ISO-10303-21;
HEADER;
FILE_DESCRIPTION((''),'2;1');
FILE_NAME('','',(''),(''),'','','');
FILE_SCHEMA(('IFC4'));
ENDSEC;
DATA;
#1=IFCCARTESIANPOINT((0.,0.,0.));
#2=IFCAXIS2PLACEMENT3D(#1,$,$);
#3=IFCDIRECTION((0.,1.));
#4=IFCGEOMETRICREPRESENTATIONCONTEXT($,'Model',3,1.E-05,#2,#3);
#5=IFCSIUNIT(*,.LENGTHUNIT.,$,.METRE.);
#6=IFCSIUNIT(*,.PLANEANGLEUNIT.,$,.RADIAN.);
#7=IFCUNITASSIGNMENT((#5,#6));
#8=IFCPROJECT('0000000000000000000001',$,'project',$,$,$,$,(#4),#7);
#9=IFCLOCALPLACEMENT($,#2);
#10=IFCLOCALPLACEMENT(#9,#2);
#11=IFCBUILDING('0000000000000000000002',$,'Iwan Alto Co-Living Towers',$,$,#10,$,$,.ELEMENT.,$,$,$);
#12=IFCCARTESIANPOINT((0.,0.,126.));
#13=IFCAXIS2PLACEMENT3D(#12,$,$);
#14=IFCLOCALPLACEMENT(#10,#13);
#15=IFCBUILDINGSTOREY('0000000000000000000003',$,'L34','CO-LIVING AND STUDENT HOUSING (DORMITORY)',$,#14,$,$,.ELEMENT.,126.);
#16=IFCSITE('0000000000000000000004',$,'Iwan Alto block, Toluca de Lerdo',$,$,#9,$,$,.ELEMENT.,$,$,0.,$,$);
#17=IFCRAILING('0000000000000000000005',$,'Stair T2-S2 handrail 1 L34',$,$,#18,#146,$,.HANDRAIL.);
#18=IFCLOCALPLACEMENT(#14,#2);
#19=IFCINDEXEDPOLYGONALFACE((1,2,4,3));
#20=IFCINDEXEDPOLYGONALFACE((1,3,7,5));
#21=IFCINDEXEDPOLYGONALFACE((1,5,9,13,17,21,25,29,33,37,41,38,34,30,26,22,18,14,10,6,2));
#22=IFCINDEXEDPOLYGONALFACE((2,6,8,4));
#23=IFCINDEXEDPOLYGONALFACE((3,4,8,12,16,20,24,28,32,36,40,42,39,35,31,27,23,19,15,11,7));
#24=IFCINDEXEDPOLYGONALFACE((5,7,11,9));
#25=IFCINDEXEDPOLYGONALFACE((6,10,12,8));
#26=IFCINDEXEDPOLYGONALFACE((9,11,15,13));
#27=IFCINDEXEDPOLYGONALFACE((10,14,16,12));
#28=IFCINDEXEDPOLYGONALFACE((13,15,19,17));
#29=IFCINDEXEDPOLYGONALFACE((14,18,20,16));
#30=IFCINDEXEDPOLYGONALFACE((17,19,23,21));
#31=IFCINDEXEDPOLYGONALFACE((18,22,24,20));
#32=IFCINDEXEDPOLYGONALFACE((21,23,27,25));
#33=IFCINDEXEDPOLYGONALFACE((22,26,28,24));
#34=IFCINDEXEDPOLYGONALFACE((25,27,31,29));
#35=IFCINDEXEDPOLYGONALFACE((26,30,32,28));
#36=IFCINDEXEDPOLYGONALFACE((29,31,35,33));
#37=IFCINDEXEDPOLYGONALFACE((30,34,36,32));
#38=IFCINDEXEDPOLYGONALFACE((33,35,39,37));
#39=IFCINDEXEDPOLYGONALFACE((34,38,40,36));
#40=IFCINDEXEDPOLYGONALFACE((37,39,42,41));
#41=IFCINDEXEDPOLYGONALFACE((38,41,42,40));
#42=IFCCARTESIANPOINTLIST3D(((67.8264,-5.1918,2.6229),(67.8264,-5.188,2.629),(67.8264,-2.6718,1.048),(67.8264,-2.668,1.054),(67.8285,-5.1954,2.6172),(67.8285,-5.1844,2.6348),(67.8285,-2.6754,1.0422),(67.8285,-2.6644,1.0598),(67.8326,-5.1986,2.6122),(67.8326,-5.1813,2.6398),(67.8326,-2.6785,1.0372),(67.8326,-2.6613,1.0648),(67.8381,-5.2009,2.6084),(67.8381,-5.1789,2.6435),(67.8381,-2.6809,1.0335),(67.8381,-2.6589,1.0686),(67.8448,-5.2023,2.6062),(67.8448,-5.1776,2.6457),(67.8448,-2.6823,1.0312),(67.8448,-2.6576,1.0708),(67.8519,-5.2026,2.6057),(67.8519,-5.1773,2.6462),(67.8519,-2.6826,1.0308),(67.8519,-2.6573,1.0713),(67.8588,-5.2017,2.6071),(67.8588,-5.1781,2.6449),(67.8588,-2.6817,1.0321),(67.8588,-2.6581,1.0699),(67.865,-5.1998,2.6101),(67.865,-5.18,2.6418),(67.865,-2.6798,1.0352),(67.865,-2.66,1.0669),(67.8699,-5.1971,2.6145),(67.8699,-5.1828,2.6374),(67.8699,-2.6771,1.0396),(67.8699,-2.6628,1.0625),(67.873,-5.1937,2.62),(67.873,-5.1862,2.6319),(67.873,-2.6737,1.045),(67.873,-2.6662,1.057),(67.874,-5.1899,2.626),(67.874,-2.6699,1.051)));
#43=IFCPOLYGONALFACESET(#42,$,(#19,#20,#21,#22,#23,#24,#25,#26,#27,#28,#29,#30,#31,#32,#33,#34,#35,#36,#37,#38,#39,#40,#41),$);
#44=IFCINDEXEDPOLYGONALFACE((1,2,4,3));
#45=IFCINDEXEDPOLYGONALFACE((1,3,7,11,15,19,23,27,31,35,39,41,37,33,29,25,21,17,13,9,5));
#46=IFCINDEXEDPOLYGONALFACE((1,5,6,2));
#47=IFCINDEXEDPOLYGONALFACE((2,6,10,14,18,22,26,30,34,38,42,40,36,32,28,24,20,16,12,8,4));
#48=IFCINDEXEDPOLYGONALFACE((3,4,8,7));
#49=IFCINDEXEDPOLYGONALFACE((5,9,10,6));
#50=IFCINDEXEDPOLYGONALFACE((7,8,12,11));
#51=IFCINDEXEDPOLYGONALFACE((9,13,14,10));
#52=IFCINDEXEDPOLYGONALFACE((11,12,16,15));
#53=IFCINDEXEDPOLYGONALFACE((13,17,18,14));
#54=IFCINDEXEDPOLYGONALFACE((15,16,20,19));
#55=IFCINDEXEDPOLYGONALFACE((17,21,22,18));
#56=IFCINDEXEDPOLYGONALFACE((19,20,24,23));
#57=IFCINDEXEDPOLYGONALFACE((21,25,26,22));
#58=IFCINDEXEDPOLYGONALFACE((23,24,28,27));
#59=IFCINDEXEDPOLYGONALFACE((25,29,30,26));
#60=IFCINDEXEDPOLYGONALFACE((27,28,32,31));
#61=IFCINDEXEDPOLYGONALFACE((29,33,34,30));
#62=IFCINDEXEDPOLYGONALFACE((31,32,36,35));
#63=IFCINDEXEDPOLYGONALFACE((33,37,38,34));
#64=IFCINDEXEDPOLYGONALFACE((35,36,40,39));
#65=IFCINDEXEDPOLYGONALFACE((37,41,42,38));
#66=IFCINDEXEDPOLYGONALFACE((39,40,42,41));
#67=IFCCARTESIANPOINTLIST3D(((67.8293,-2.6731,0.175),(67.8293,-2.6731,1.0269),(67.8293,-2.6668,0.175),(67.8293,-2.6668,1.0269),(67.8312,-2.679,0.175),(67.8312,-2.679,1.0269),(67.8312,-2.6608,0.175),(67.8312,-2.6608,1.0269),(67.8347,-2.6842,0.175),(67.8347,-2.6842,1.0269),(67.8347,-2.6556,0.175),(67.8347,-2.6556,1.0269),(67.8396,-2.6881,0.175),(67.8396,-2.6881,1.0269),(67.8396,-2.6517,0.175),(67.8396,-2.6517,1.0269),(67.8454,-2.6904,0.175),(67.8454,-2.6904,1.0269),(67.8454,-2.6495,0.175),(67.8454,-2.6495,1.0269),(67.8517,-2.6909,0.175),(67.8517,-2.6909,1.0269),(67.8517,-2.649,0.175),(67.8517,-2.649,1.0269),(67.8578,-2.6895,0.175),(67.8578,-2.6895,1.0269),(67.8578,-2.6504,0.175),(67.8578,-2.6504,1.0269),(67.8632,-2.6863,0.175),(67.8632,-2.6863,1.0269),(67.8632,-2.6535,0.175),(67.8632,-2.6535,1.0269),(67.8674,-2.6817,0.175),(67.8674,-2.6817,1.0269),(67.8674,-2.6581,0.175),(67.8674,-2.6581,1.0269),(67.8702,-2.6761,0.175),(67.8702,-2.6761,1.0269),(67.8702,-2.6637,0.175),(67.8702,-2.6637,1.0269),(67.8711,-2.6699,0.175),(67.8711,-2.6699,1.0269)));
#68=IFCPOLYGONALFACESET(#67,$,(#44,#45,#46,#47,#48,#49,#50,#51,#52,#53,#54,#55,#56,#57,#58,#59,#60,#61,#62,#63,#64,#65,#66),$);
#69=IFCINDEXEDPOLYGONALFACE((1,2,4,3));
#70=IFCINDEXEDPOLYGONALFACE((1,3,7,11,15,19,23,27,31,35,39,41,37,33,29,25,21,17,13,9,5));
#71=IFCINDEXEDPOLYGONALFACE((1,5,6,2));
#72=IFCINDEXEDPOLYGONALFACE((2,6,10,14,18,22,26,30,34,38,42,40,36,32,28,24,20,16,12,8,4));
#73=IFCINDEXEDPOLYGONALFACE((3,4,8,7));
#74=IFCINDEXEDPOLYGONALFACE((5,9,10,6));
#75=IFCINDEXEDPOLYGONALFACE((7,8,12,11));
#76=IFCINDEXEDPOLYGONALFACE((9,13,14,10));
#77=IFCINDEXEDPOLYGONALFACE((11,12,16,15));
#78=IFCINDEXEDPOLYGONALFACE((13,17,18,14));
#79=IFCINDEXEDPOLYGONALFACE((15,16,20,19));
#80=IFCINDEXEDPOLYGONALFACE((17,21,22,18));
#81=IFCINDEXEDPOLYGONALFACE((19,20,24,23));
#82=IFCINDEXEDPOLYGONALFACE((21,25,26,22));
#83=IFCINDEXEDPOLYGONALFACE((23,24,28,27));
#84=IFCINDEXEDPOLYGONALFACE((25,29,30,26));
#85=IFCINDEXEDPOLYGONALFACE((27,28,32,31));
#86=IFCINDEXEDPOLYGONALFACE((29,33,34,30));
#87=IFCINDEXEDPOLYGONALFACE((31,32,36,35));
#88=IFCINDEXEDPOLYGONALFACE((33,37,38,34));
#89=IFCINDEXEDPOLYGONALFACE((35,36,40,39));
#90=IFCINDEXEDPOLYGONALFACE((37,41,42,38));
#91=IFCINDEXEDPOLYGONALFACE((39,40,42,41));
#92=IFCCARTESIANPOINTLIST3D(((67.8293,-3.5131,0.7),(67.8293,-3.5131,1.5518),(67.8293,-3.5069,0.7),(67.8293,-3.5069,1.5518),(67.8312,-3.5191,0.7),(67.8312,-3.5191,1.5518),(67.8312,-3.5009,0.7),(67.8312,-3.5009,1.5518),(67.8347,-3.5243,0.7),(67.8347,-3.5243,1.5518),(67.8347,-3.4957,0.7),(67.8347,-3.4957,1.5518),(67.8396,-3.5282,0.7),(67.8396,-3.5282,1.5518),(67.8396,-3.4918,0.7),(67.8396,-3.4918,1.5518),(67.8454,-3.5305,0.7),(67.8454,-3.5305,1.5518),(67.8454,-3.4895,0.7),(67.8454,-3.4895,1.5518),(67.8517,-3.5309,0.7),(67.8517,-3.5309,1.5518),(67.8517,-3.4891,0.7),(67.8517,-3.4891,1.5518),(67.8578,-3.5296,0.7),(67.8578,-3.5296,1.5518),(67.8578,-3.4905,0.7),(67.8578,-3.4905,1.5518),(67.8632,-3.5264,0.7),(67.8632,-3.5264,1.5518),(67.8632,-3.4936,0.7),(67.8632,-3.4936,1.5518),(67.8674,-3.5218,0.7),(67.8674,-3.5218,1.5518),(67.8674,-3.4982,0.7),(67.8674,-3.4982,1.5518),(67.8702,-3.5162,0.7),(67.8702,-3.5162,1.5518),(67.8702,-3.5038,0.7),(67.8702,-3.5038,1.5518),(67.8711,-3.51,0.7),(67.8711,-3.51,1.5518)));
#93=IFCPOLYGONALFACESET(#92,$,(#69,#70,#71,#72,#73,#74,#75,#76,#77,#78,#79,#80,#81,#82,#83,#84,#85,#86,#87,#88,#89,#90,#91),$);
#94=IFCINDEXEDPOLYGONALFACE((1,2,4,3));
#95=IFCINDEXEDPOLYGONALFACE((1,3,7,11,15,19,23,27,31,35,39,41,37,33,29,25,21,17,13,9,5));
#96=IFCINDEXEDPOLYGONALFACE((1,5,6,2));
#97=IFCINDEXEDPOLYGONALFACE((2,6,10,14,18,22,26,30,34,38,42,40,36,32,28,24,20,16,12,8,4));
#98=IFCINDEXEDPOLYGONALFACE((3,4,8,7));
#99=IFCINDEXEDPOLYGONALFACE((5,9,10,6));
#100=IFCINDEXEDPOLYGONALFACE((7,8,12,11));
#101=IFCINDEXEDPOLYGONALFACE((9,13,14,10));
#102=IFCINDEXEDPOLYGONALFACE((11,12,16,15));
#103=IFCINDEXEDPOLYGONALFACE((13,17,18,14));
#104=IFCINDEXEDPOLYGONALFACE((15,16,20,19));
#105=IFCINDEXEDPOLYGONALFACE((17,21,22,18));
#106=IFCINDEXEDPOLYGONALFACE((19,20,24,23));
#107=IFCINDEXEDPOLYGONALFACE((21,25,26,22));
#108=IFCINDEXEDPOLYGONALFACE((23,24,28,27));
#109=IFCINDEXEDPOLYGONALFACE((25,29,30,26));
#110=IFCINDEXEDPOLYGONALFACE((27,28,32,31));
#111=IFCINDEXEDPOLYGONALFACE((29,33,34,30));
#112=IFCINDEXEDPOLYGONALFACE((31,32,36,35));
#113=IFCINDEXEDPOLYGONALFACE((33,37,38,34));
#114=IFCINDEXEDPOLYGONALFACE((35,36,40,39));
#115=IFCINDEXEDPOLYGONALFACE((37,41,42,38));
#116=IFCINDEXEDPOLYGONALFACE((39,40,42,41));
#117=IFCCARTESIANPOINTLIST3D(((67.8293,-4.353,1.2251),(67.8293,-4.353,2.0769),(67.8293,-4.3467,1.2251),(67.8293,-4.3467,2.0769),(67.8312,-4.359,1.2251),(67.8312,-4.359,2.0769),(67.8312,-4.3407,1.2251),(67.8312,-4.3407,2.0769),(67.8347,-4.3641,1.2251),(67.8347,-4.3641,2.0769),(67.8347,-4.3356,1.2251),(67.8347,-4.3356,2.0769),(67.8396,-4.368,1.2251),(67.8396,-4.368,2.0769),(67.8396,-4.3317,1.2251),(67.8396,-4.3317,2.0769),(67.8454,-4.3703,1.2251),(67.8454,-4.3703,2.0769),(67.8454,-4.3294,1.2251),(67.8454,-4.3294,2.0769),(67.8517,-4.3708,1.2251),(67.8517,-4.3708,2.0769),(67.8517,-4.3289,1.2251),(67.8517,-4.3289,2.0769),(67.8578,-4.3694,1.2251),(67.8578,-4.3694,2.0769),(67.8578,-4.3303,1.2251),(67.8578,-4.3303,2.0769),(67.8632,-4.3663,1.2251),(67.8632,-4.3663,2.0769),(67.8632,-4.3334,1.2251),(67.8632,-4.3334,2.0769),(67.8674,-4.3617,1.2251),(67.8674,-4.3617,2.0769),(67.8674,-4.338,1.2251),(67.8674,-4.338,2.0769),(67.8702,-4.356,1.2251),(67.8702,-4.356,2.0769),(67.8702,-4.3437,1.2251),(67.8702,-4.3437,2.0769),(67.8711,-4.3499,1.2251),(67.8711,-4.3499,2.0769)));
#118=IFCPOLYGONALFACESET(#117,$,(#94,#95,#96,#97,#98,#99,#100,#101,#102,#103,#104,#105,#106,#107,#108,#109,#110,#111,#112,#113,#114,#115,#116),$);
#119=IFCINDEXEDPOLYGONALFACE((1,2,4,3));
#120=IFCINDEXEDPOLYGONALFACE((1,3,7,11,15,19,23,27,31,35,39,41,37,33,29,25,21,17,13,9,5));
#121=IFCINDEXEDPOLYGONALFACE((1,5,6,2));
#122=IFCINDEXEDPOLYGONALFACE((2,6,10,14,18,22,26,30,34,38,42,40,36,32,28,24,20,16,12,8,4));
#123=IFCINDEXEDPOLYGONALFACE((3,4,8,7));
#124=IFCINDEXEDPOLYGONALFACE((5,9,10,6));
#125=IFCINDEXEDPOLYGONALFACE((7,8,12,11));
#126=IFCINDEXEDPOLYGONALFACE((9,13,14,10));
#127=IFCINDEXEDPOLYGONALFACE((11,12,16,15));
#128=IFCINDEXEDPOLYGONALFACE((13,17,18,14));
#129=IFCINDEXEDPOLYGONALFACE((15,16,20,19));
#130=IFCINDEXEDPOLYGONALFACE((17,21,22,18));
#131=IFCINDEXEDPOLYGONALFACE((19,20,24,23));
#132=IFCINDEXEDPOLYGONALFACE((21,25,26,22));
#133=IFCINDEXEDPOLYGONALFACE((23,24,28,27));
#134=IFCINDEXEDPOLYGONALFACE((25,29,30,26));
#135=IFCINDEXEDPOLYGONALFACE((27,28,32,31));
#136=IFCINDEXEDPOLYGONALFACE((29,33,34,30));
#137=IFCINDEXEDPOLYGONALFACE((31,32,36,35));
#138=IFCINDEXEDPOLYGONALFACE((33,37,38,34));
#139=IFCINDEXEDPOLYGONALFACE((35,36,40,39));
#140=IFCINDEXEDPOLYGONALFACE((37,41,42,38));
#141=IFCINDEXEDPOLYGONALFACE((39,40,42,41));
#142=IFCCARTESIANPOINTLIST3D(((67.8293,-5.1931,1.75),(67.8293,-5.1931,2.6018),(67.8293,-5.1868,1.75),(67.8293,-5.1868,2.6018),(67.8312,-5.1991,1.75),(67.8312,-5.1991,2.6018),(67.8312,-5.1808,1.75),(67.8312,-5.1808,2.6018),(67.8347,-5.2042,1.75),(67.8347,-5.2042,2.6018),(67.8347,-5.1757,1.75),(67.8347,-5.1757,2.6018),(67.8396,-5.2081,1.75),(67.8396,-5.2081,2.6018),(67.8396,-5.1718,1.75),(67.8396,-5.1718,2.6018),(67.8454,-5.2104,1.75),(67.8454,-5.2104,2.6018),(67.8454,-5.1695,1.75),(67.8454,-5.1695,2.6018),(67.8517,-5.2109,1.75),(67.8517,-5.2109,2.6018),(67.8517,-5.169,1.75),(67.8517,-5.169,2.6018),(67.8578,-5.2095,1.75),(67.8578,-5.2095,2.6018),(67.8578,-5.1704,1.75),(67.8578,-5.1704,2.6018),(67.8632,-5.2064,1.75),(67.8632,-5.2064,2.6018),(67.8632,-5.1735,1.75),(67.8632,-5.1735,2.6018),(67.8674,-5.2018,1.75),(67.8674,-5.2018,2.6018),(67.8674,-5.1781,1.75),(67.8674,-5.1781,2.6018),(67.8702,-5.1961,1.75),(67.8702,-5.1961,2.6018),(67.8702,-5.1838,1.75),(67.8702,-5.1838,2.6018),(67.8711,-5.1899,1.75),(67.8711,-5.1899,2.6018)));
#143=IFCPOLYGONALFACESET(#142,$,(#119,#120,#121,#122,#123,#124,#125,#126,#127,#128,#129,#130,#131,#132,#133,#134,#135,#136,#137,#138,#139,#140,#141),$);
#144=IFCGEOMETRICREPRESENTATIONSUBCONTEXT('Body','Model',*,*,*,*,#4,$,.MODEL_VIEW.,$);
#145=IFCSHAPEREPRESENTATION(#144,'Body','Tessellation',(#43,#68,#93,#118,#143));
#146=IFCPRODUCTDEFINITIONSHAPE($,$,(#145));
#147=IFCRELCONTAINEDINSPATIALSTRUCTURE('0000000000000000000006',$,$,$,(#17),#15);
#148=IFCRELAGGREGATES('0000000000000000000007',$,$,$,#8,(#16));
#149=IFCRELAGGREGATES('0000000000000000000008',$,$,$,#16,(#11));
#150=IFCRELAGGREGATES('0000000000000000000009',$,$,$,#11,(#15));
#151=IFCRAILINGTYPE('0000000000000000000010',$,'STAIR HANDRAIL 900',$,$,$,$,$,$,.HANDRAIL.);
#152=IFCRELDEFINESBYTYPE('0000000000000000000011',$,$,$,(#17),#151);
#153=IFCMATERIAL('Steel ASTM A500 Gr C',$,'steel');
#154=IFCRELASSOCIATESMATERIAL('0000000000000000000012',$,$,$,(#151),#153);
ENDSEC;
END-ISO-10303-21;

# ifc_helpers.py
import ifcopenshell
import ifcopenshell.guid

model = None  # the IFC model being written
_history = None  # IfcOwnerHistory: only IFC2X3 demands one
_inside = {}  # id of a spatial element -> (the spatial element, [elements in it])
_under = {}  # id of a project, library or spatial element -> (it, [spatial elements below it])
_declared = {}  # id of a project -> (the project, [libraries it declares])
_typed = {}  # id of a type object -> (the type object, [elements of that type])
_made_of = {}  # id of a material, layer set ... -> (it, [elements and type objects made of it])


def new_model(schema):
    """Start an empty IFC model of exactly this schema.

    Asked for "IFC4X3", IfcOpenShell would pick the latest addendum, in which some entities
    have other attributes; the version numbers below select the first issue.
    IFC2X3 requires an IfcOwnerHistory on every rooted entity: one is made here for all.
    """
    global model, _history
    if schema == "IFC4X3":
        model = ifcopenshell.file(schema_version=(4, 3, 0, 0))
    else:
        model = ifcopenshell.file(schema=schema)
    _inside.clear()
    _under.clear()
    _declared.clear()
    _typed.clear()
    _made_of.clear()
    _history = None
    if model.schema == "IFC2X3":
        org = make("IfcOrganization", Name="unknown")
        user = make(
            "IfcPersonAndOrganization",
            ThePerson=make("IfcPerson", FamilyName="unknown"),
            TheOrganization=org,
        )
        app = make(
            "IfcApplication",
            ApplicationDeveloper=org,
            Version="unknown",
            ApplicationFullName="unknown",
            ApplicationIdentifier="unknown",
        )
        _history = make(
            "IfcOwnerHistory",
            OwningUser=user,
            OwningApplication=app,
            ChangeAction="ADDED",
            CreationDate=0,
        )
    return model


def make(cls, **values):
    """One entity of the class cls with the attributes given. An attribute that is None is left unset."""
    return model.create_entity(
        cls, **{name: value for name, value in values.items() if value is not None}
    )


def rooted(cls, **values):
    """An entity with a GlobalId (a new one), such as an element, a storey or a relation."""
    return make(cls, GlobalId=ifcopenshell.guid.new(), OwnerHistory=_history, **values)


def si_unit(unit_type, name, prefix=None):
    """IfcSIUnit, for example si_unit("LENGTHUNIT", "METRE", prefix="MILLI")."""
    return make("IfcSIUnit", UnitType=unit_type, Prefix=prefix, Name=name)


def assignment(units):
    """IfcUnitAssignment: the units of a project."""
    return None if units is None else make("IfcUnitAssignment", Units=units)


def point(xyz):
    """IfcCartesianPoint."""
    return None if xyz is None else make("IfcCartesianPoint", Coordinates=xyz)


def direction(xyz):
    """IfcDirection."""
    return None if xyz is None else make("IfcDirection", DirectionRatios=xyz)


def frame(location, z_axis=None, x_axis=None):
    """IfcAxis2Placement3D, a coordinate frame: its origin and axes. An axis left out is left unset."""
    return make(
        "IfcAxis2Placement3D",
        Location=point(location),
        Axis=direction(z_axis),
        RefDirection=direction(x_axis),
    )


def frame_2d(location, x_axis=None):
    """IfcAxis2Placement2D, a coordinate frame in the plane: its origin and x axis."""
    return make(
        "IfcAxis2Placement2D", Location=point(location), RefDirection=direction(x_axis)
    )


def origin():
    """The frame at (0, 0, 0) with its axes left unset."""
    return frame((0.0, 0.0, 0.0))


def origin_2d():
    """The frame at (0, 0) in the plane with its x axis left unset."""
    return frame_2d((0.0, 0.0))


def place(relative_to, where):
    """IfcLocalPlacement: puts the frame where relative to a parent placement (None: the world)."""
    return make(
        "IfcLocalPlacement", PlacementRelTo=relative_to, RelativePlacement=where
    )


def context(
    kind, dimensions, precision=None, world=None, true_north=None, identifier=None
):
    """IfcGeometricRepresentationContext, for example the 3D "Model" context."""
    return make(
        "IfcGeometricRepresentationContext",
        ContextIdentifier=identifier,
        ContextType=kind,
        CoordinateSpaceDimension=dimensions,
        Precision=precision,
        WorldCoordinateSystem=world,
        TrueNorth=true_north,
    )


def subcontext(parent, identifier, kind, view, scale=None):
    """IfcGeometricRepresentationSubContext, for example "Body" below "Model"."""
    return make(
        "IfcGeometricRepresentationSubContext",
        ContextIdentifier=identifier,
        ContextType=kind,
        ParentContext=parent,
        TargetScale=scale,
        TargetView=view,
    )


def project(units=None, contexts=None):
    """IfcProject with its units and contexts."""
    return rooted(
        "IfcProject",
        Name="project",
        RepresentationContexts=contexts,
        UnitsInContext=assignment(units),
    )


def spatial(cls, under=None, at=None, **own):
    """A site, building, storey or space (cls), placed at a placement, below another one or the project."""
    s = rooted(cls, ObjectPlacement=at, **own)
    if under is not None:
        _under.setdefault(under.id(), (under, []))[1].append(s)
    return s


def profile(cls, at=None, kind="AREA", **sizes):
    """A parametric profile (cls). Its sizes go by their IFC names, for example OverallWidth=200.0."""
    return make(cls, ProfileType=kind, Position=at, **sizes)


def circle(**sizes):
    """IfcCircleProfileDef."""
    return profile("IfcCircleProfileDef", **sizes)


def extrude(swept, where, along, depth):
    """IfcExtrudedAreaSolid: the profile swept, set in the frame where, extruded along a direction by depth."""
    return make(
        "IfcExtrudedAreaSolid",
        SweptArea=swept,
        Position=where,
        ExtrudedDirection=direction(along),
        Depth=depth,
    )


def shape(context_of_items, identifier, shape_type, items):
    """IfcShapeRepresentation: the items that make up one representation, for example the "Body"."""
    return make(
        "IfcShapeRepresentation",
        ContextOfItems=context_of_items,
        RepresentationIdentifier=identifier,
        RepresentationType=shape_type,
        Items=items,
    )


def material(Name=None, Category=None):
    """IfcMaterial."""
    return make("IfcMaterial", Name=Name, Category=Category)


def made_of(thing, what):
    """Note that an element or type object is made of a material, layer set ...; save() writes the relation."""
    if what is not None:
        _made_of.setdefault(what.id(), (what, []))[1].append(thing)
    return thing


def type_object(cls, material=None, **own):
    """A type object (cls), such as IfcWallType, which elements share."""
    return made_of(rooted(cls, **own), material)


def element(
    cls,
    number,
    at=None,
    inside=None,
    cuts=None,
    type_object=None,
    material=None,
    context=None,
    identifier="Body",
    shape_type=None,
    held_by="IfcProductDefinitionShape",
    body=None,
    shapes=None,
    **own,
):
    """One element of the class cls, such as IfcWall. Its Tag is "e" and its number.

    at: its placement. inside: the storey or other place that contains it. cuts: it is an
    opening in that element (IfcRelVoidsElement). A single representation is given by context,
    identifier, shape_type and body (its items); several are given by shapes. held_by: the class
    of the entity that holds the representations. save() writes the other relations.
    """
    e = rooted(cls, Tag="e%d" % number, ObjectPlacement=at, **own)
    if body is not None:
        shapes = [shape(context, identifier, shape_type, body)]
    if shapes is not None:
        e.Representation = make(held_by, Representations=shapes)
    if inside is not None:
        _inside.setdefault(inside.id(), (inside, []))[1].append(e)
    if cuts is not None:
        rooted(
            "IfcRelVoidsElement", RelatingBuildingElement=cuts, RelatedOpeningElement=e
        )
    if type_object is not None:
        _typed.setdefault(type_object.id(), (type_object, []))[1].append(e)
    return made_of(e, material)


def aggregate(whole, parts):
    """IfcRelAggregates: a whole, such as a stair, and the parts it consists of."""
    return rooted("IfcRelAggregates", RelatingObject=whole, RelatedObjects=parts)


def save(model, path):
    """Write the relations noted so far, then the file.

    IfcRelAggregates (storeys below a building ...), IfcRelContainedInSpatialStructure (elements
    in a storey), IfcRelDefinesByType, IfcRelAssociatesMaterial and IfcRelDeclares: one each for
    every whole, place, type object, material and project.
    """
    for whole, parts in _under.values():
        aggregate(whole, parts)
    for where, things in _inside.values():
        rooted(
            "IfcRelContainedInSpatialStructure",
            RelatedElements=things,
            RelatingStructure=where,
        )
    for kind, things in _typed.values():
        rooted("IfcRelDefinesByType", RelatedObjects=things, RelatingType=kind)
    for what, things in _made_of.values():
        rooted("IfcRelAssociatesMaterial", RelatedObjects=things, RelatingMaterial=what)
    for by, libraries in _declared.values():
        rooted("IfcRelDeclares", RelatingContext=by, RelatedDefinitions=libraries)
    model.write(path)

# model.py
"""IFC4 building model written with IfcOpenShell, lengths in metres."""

from ifc_helpers import new_model, si_unit, direction, frame, origin, origin_2d, place, context, subcontext, project, spatial, circle, extrude, material, type_object, element, save


model = new_model("IFC4")

# Units and contexts
model_context = context("Model", 3, precision=1e-05, world=origin(), true_north=direction((0.0, 1.0)))
body_context = subcontext(model_context, "Body", "Model", "MODEL_VIEW")
ifc_project = project(units=[si_unit("LENGTHUNIT", "METRE"), si_unit("PLANEANGLEUNIT", "RADIAN")], contexts=[model_context])

# Site, building, storey
site_placement = place(None, origin())
site = spatial("IfcSite", under=ifc_project, at=site_placement, Name="Iwan Alto block, Toluca de Lerdo", CompositionType="ELEMENT", RefElevation=0.0)
building_placement = place(site_placement, origin())
building = spatial("IfcBuilding", under=site, at=building_placement, Name="Iwan Alto Co-Living Towers", CompositionType="ELEMENT")
storey_placement = place(building_placement, frame((0.0, 0.0, 126.0)))
storey = spatial("IfcBuildingStorey", under=building, at=storey_placement, Name="L34", Description="CO-LIVING AND STUDENT HOUSING (DORMITORY)", CompositionType="ELEMENT", Elevation=126.0)

# Railing
ifc_material_1 = material(Name="Steel ASTM A500 Gr C", Category="steel")
railing_type_1 = type_object("IfcRailingType", Name="STAIR HANDRAIL 900", PredefinedType="HANDRAIL", material=ifc_material_1)
railing_1_placement = place(storey_placement, frame((67.8501, -2.6699, 0.175)))
element("IfcRailing", 1, at=railing_1_placement, inside=storey, type_object=railing_type_1, Name="Stair T2-S2 handrail 1 L34", PredefinedType="HANDRAIL", context=body_context, shape_type="SweptSolid", body=[
    extrude(circle(Radius=0.0239, at=origin_2d()), frame((0.0, 0.0, 0.876), z_axis=(0.0, -0.848008, 0.529984), x_axis=(1.0, 0.0, 0.0)), (0.0, 0.0, 1.0), 2.9717),
    extrude(circle(Radius=0.021, at=origin_2d()), origin(), (0.0, 0.0, 1.0), 0.8518),
    extrude(circle(Radius=0.021, at=origin_2d()), frame((0.0, -0.8401, 0.5249)), (0.0, 0.0, 1.0), 0.8518),
    extrude(circle(Radius=0.021, at=origin_2d()), frame((0.0, -1.6799, 1.05)), (0.0, 0.0, 1.0), 0.8518),
    extrude(circle(Radius=0.021, at=origin_2d()), frame((0.0, -2.52, 1.575)), (0.0, 0.0, 1.0), 0.8518),
])

save(model, "model.ifc")
